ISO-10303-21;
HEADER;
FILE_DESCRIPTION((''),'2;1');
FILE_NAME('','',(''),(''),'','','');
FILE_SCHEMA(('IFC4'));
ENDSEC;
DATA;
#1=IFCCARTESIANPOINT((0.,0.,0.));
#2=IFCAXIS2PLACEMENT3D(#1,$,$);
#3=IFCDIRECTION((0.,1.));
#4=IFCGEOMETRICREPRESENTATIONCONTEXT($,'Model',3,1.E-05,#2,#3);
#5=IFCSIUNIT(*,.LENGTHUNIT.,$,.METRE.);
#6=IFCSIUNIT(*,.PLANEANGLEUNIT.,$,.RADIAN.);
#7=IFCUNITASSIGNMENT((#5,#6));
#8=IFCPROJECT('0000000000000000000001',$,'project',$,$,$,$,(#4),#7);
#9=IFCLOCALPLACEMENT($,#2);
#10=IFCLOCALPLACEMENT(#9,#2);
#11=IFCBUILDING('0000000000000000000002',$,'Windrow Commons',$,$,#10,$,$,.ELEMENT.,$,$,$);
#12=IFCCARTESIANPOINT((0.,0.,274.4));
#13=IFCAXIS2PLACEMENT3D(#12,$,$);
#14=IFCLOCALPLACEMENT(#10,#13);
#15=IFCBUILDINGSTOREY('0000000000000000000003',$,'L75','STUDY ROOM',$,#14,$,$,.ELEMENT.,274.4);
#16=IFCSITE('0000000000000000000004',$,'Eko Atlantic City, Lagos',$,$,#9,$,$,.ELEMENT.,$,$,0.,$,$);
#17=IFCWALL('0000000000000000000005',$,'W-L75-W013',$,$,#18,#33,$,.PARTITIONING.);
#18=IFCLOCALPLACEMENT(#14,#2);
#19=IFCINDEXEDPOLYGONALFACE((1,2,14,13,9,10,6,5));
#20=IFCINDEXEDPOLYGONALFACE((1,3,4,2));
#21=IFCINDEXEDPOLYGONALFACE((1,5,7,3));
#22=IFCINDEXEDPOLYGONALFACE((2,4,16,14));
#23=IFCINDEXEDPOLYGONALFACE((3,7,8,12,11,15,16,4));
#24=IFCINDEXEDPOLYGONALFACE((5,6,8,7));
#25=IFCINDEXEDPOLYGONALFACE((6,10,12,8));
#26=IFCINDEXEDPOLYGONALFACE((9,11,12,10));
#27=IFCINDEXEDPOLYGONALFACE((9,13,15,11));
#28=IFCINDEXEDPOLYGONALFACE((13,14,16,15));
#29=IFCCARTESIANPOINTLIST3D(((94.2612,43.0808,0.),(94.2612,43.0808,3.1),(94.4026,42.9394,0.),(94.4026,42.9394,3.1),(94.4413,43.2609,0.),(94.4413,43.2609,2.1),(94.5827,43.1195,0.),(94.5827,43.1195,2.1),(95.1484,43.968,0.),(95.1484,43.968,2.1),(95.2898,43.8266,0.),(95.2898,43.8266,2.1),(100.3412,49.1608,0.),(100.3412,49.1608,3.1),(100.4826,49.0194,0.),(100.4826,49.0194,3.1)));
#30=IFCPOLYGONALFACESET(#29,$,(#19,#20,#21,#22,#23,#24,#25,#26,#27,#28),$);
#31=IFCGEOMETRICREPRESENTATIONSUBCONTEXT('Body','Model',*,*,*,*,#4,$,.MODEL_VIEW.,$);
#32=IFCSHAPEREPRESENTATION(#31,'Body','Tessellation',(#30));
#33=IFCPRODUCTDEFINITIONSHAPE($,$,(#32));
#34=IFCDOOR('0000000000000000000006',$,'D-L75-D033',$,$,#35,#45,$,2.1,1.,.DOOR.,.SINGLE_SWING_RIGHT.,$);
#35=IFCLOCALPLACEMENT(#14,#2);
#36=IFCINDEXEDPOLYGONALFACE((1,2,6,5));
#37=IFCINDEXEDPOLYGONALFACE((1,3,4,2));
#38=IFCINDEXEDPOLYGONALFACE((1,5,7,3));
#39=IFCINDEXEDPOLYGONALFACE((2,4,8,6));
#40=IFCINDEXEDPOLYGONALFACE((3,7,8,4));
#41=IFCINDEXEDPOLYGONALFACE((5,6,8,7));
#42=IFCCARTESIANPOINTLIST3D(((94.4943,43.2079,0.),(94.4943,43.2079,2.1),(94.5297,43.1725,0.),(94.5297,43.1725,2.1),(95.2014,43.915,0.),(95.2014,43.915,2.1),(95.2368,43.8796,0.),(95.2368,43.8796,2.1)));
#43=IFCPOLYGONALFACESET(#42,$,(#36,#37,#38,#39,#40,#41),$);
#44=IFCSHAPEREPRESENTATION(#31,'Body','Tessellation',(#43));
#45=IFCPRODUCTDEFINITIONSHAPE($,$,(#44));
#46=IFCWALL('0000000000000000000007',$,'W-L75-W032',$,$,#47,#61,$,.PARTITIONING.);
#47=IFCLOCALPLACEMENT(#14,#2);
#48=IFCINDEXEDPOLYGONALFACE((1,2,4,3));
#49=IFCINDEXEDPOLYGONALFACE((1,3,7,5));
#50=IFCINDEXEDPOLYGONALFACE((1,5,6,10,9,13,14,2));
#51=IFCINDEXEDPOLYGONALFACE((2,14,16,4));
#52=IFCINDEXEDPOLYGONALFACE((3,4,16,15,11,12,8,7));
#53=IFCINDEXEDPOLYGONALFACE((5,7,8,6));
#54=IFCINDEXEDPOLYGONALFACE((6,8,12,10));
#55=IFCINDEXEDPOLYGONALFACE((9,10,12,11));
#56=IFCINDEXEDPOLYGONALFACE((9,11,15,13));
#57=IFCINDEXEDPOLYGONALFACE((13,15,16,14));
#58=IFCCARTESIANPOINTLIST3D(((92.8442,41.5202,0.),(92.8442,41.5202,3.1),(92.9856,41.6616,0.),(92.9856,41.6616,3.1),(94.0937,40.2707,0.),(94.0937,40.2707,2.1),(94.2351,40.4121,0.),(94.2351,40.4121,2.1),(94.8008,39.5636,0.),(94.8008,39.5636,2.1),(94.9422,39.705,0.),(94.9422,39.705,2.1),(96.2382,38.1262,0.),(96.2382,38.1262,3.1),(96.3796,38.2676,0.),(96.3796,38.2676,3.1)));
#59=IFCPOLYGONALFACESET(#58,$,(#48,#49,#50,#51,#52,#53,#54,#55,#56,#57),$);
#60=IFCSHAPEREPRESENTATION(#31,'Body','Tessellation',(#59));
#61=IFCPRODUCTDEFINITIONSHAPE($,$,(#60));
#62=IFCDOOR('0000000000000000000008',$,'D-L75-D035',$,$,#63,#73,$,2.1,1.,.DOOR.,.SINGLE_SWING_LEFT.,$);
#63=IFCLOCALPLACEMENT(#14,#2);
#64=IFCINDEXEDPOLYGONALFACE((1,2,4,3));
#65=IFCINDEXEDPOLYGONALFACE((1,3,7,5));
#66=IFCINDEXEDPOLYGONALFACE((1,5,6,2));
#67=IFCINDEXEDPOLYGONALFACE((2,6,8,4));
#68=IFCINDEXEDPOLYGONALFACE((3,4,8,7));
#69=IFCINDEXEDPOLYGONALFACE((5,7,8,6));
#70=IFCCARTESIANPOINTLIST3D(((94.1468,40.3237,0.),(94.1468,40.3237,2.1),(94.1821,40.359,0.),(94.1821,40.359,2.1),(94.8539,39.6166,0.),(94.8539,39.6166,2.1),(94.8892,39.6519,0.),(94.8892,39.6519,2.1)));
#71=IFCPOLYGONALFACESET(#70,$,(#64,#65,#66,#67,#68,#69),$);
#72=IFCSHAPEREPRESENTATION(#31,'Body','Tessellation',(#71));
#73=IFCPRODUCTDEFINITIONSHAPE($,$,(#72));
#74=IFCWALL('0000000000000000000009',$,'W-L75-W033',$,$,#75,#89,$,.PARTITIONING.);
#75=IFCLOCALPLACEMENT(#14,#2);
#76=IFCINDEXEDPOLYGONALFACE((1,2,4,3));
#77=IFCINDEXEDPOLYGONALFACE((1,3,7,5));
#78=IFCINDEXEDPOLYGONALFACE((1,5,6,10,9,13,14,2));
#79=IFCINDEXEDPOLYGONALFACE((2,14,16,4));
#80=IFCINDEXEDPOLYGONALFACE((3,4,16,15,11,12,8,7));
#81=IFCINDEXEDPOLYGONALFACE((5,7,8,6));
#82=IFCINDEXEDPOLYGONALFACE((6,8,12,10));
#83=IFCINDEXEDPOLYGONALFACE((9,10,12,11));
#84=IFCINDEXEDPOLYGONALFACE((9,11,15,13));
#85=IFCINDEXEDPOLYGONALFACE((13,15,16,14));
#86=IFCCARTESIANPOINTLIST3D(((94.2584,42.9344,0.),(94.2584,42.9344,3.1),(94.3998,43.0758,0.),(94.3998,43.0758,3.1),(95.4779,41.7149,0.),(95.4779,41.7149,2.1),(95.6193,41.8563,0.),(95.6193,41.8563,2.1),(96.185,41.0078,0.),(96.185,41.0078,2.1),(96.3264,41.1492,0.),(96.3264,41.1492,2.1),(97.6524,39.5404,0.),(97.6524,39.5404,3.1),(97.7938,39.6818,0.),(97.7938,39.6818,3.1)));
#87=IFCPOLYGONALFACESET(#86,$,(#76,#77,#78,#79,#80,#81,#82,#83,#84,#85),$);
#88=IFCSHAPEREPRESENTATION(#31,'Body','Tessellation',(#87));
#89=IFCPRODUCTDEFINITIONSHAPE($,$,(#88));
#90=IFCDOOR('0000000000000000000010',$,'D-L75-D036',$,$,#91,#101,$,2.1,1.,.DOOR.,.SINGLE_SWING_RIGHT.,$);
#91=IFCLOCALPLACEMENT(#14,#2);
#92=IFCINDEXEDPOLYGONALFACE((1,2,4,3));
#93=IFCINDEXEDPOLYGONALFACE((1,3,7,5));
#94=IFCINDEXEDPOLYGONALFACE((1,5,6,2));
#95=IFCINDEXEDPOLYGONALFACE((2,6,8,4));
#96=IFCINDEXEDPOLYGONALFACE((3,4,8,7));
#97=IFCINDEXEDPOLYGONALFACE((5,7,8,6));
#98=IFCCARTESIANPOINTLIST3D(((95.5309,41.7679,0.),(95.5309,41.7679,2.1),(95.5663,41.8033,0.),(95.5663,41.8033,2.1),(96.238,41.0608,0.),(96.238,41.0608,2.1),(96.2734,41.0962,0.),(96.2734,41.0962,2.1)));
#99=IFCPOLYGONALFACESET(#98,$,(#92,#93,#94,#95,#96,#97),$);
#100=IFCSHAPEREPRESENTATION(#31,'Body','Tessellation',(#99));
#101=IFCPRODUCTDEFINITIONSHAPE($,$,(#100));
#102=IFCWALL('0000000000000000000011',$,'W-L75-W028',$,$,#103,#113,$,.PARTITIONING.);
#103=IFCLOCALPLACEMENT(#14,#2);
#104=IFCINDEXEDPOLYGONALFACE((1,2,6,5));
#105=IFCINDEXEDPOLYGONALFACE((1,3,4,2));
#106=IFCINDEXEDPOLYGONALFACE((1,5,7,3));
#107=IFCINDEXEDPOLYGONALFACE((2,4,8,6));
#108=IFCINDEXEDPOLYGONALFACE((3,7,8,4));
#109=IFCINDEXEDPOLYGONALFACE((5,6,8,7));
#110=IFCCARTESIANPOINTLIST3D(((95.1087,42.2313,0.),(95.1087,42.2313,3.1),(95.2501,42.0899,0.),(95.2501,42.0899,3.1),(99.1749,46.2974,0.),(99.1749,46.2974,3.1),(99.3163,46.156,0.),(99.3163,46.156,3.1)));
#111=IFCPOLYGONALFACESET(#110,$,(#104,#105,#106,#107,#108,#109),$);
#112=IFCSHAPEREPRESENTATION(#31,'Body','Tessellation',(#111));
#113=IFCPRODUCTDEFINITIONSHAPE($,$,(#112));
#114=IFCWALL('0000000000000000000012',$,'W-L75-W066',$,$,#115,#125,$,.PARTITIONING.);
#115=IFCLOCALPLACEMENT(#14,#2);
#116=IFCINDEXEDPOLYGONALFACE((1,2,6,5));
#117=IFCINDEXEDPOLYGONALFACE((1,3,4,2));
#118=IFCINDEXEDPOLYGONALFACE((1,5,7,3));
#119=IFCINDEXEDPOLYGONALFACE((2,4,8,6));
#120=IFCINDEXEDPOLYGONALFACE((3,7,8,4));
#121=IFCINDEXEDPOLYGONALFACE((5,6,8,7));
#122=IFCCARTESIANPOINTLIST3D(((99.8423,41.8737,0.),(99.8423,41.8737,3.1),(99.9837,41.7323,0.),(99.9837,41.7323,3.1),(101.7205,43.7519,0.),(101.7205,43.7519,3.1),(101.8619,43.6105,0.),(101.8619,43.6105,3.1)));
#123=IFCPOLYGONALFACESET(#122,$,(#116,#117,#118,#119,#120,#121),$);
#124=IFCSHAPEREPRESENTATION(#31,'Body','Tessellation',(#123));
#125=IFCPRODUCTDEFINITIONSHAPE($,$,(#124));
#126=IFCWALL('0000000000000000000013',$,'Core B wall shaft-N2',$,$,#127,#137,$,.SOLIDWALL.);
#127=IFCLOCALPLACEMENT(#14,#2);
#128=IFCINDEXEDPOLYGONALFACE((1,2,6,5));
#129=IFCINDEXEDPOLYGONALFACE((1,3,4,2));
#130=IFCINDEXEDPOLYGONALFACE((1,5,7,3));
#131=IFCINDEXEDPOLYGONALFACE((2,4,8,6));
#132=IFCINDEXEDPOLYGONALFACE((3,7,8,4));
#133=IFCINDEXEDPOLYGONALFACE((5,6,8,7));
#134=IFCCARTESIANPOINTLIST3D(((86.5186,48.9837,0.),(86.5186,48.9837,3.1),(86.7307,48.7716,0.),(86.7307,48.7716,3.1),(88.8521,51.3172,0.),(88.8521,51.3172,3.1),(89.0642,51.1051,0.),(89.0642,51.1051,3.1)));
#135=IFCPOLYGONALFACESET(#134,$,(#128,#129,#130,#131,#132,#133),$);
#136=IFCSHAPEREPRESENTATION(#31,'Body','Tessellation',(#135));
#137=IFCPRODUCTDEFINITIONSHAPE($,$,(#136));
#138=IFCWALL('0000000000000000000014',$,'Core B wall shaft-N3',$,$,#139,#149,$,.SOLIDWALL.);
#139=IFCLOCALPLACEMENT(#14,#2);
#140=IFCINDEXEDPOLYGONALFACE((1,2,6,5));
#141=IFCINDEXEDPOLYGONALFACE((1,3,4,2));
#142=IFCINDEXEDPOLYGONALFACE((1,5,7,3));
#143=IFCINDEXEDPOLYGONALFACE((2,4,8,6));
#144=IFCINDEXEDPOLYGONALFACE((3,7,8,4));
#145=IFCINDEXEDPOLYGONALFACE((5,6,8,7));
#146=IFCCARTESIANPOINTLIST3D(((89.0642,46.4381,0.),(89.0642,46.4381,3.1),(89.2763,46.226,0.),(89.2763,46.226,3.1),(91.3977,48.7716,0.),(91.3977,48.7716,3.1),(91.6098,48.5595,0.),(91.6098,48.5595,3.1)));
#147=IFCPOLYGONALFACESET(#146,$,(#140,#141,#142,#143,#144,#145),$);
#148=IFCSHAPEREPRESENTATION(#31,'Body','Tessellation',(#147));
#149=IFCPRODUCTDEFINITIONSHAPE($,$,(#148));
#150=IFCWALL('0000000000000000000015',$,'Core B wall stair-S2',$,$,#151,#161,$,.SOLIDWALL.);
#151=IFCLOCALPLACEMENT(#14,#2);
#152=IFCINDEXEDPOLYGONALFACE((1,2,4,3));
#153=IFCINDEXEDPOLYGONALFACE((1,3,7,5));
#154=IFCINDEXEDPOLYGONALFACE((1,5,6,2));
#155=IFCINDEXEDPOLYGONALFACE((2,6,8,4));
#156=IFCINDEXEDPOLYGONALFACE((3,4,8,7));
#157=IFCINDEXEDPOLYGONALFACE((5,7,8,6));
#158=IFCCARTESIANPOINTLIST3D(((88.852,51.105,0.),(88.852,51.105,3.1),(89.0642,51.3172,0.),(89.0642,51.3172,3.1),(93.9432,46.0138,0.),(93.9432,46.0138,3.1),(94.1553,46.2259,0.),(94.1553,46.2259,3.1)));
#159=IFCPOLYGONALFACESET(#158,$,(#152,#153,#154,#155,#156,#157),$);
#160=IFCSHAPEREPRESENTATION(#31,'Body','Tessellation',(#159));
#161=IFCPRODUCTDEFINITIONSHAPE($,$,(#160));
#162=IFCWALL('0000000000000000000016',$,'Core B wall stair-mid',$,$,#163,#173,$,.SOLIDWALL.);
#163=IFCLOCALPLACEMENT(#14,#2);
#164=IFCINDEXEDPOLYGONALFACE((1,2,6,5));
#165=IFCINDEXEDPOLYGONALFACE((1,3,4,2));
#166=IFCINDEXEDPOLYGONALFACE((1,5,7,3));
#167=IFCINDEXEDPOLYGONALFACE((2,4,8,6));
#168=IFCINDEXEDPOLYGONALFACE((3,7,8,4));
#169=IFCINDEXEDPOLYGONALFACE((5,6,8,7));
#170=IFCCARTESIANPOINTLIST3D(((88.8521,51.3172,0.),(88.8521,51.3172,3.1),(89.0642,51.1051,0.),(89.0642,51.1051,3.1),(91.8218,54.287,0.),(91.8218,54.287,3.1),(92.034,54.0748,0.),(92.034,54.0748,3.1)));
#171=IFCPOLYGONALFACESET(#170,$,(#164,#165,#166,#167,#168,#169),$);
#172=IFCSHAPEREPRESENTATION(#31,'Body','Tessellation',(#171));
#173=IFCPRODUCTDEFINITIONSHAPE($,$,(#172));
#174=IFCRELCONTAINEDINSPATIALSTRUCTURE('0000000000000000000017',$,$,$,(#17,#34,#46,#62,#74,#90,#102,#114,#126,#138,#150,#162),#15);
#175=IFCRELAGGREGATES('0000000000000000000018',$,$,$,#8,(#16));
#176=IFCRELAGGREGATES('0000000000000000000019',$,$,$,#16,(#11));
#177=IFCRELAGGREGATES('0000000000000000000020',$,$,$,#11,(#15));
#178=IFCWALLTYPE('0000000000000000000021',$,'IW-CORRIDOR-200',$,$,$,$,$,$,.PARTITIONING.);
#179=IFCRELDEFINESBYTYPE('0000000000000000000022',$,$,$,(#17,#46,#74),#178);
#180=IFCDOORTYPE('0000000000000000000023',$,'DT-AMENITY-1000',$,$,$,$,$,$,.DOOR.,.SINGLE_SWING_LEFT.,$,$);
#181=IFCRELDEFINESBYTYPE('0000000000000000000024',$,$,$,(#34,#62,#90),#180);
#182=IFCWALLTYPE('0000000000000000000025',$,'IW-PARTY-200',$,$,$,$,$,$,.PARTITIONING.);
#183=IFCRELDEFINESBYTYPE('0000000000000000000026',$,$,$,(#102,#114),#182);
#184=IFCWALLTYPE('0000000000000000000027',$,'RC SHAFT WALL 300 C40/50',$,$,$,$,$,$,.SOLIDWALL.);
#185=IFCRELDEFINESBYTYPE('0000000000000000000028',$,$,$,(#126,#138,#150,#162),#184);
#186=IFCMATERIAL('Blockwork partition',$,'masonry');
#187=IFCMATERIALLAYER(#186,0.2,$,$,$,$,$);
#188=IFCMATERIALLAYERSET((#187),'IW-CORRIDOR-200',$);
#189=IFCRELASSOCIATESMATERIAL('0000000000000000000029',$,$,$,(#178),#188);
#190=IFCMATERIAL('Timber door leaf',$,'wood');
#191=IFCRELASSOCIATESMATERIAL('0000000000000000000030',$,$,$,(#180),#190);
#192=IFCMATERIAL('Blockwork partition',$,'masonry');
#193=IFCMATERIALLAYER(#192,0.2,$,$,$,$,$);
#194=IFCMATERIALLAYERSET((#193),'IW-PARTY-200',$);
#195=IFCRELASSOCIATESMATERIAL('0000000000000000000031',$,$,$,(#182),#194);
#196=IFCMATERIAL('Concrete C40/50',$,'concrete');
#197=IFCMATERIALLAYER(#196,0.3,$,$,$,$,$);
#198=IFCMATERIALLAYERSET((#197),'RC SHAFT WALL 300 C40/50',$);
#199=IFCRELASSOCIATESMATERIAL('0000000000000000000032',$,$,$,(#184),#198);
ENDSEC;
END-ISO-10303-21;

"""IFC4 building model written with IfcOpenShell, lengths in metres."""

from ifc_helpers import new_model, si_unit, direction, frame, frame_2d, origin, place, context, subcontext, project, spatial, rectangle, extrude, material, layer, layer_set, type_object, element, fill, save


model = new_model("IFC4")

# Units and contexts
model_context = context("Model", 3, precision=1e-05, world=origin(), true_north=direction((0.0, 1.0)))
body_context = subcontext(model_context, "Body", "Model", "MODEL_VIEW")
ifc_project = project(units=[si_unit("LENGTHUNIT", "METRE"), si_unit("PLANEANGLEUNIT", "RADIAN")], contexts=[model_context])

# Site, building, storey
site_placement = place(None, origin())
site = spatial("IfcSite", under=ifc_project, at=site_placement, Name="Eko Atlantic City, Lagos", CompositionType="ELEMENT", RefElevation=0.0)
building_placement = place(site_placement, origin())
building = spatial("IfcBuilding", under=site, at=building_placement, Name="Windrow Commons", CompositionType="ELEMENT")
storey_placement = place(building_placement, frame((0.0, 0.0, 274.4)))
storey = spatial("IfcBuildingStorey", under=building, at=storey_placement, Name="L75", Description="STUDY ROOM", CompositionType="ELEMENT", Elevation=274.4)

# Walls, openings, doors
ifc_material_1 = material(Name="Blockwork partition", Category="masonry")
ifc_layer_1 = layer(ifc_material_1, 0.2)
ifc_layer_set_1 = layer_set([ifc_layer_1], Name="IW-CORRIDOR-200")
wall_type_1 = type_object("IfcWallType", Name="IW-CORRIDOR-200", PredefinedType="PARTITIONING", material=ifc_layer_set_1)
wall_1_placement = place(storey_placement, frame((94.3319, 43.0101, 0.0), z_axis=(0.0, 0.0, 1.0), x_axis=(0.707107, 0.707107, 0.0)))
wall_1 = element("IfcWall", 1, at=wall_1_placement, inside=storey, type_object=wall_type_1, Name="W-L75-W013", PredefinedType="PARTITIONING", context=body_context, shape_type="SweptSolid", body=[
    extrude(rectangle(XDim=8.5984, YDim=0.2, at=frame_2d((4.2992, 0.0))), origin(), (0.0, 0.0, 1.0), 3.1),
])
opening_1_placement = place(wall_1_placement, frame((0.2547, 0.0, 0.0)))
opening_1 = element("IfcOpeningElement", 2, at=opening_1_placement, cuts=wall_1, PredefinedType="OPENING", context=body_context, shape_type="SweptSolid", body=[
    extrude(rectangle(XDim=1.0, YDim=2.1, at=frame_2d((0.5, 1.05))), frame((0.0, 0.11, 0.0), z_axis=(0.0, -1.0, 0.0), x_axis=(1.0, 0.0, 0.0)), (0.0, 0.0, 1.0), 0.22),
])
ifc_material_2 = material(Name="Timber door leaf", Category="wood")
door_type = type_object("IfcDoorType", Name="DT-AMENITY-1000", OperationType="SINGLE_SWING_LEFT", PredefinedType="DOOR", material=ifc_material_2)
door_1_placement = place(opening_1_placement, origin())
door_1 = element("IfcDoor", 3, at=door_1_placement, inside=storey, type_object=door_type, Name="D-L75-D033", OperationType="SINGLE_SWING_RIGHT", OverallHeight=2.1, OverallWidth=1.0, PredefinedType="DOOR", context=body_context, shape_type="SweptSolid", body=[
    extrude(rectangle(XDim=1.0, YDim=2.1, at=frame_2d((0.5, 1.05))), frame((0.0, 0.025, 0.0), z_axis=(0.0, -1.0, 0.0), x_axis=(1.0, 0.0, 0.0)), (0.0, 0.0, 1.0), 0.05),
])
fill(opening_1, door_1)
wall_2_placement = place(storey_placement, frame((92.9149, 41.5909, 0.0), z_axis=(0.0, 0.0, 1.0), x_axis=(0.707107, -0.707107, 0.0)))
wall_2 = element("IfcWall", 4, at=wall_2_placement, inside=storey, type_object=wall_type_1, Name="W-L75-W032", PredefinedType="PARTITIONING", context=body_context, shape_type="SweptSolid", body=[
    extrude(rectangle(XDim=4.7998, YDim=0.2, at=frame_2d((2.3999, 0.0))), origin(), (0.0, 0.0, 1.0), 3.1),
])
opening_2_placement = place(wall_2_placement, frame((1.7671, 0.0, 0.0)))
opening_2 = element("IfcOpeningElement", 5, at=opening_2_placement, cuts=wall_2, PredefinedType="OPENING", context=body_context, shape_type="SweptSolid", body=[
    extrude(rectangle(XDim=1.0, YDim=2.1, at=frame_2d((0.5, 1.05))), frame((0.0, 0.11, 0.0), z_axis=(0.0, -1.0, 0.0), x_axis=(1.0, 0.0, 0.0)), (0.0, 0.0, 1.0), 0.22),
])
door_2_placement = place(opening_2_placement, origin())
door_2 = element("IfcDoor", 6, at=door_2_placement, inside=storey, type_object=door_type, Name="D-L75-D035", OperationType="SINGLE_SWING_LEFT", OverallHeight=2.1, OverallWidth=1.0, PredefinedType="DOOR", context=body_context, shape_type="SweptSolid", body=[
    extrude(rectangle(XDim=1.0, YDim=2.1, at=frame_2d((0.5, 1.05))), frame((0.0, 0.025, 0.0), z_axis=(0.0, -1.0, 0.0), x_axis=(1.0, 0.0, 0.0)), (0.0, 0.0, 1.0), 0.05),
])
fill(opening_2, door_2)
wall_3_placement = place(storey_placement, frame((94.3291, 43.0051, 0.0), z_axis=(0.0, 0.0, 1.0), x_axis=(0.707107, -0.707107, 0.0)))
wall_3 = element("IfcWall", 7, at=wall_3_placement, inside=storey, type_object=wall_type_1, Name="W-L75-W033", PredefinedType="PARTITIONING", context=body_context, shape_type="SweptSolid", body=[
    extrude(rectangle(XDim=4.7998, YDim=0.2, at=frame_2d((2.3999, 0.0))), origin(), (0.0, 0.0, 1.0), 3.1),
])
opening_3_placement = place(wall_3_placement, frame((1.7246, 0.0, 0.0)))
opening_3 = element("IfcOpeningElement", 8, at=opening_3_placement, cuts=wall_3, PredefinedType="OPENING", context=body_context, shape_type="SweptSolid", body=[
    extrude(rectangle(XDim=1.0, YDim=2.1, at=frame_2d((0.5, 1.05))), frame((0.0, 0.11, 0.0), z_axis=(0.0, -1.0, 0.0), x_axis=(1.0, 0.0, 0.0)), (0.0, 0.0, 1.0), 0.22),
])
door_3_placement = place(opening_3_placement, origin())
door_3 = element("IfcDoor", 9, at=door_3_placement, inside=storey, type_object=door_type, Name="D-L75-D036", OperationType="SINGLE_SWING_RIGHT", OverallHeight=2.1, OverallWidth=1.0, PredefinedType="DOOR", context=body_context, shape_type="SweptSolid", body=[
    extrude(rectangle(XDim=1.0, YDim=2.1, at=frame_2d((0.5, 1.05))), frame((0.0, 0.025, 0.0), z_axis=(0.0, -1.0, 0.0), x_axis=(1.0, 0.0, 0.0)), (0.0, 0.0, 1.0), 0.05),
])
fill(opening_3, door_3)

# Walls
ifc_material_3 = material(Name="Blockwork partition", Category="masonry")
ifc_layer_2 = layer(ifc_material_3, 0.2)
ifc_layer_set_2 = layer_set([ifc_layer_2], Name="IW-PARTY-200")
wall_type_2 = type_object("IfcWallType", Name="IW-PARTY-200", PredefinedType="PARTITIONING", material=ifc_layer_set_2)
wall_4_placement = place(storey_placement, frame((95.1794, 42.1606, 0.0), z_axis=(0.0, 0.0, 1.0), x_axis=(0.707115, 0.707098, 0.0)))
element("IfcWall", 10, at=wall_4_placement, inside=storey, type_object=wall_type_2, Name="W-L75-W028", PredefinedType="PARTITIONING", context=body_context, shape_type="SweptSolid", body=[
    extrude(rectangle(XDim=5.7505, YDim=0.2, at=frame_2d((2.8752, 0.0))), origin(), (0.0, 0.0, 1.0), 3.1),
])
wall_5_placement = place(storey_placement, frame((99.913, 41.803, 0.0), z_axis=(0.0, 0.0, 1.0), x_axis=(0.707107, 0.707107, 0.0)))
element("IfcWall", 11, at=wall_5_placement, inside=storey, type_object=wall_type_2, Name="W-L75-W066", PredefinedType="PARTITIONING", context=body_context, shape_type="SweptSolid", body=[
    extrude(rectangle(XDim=2.6562, YDim=0.2, at=frame_2d((1.3281, 0.0))), origin(), (0.0, 0.0, 1.0), 3.1),
])
ifc_material_4 = material(Name="Concrete C40/50", Category="concrete")
ifc_layer_3 = layer(ifc_material_4, 0.3)
ifc_layer_set_3 = layer_set([ifc_layer_3], Name="RC SHAFT WALL 300 C40/50")
wall_type_3 = type_object("IfcWallType", Name="RC SHAFT WALL 300 C40/50", PredefinedType="SOLIDWALL", material=ifc_layer_set_3)
for number, where, z_axis, x_axis, name in (
    (12, (86.6246, 48.8776, 0.0), (0.0, 0.0, 1.0), (0.707107, 0.707107, 0.0), "Core B wall shaft-N2"),
    (13, (89.1702, 46.332, 0.0), (0.0, 0.0, 1.0), (0.707107, 0.707107, 0.0), "Core B wall shaft-N3"),
):
    element("IfcWall", number, at=place(storey_placement, frame(where, z_axis=z_axis, x_axis=x_axis)), inside=storey, type_object=wall_type_3, Name=name, PredefinedType="SOLIDWALL", context=body_context, shape_type="SweptSolid", body=[
        extrude(rectangle(XDim=3.3001, YDim=0.3, at=frame_2d((1.6501, 0.0))), origin(), (0.0, 0.0, 1.0), 3.1),
    ])
wall_6_placement = place(storey_placement, frame((88.9581, 51.2111, 0.0), z_axis=(0.0, 0.0, 1.0), x_axis=(0.7071, -0.707114, 0.0)))
element("IfcWall", 14, at=wall_6_placement, inside=storey, type_object=wall_type_3, Name="Core B wall stair-S2", PredefinedType="SOLIDWALL", context=body_context, shape_type="SweptSolid", body=[
    extrude(rectangle(XDim=7.2, YDim=0.3, at=frame_2d((3.6, 0.0))), origin(), (0.0, 0.0, 1.0), 3.1),
])
wall_7_placement = place(storey_placement, frame((88.9581, 51.2111, 0.0), z_axis=(0.0, 0.0, 1.0), x_axis=(0.707107, 0.707107, 0.0)))
element("IfcWall", 15, at=wall_7_placement, inside=storey, type_object=wall_type_3, Name="Core B wall stair-mid", PredefinedType="SOLIDWALL", context=body_context, shape_type="SweptSolid", body=[
    extrude(rectangle(XDim=4.1999, YDim=0.3, at=frame_2d((2.1, 0.0))), origin(), (0.0, 0.0, 1.0), 3.1),
])

save(model, "model.ifc")
